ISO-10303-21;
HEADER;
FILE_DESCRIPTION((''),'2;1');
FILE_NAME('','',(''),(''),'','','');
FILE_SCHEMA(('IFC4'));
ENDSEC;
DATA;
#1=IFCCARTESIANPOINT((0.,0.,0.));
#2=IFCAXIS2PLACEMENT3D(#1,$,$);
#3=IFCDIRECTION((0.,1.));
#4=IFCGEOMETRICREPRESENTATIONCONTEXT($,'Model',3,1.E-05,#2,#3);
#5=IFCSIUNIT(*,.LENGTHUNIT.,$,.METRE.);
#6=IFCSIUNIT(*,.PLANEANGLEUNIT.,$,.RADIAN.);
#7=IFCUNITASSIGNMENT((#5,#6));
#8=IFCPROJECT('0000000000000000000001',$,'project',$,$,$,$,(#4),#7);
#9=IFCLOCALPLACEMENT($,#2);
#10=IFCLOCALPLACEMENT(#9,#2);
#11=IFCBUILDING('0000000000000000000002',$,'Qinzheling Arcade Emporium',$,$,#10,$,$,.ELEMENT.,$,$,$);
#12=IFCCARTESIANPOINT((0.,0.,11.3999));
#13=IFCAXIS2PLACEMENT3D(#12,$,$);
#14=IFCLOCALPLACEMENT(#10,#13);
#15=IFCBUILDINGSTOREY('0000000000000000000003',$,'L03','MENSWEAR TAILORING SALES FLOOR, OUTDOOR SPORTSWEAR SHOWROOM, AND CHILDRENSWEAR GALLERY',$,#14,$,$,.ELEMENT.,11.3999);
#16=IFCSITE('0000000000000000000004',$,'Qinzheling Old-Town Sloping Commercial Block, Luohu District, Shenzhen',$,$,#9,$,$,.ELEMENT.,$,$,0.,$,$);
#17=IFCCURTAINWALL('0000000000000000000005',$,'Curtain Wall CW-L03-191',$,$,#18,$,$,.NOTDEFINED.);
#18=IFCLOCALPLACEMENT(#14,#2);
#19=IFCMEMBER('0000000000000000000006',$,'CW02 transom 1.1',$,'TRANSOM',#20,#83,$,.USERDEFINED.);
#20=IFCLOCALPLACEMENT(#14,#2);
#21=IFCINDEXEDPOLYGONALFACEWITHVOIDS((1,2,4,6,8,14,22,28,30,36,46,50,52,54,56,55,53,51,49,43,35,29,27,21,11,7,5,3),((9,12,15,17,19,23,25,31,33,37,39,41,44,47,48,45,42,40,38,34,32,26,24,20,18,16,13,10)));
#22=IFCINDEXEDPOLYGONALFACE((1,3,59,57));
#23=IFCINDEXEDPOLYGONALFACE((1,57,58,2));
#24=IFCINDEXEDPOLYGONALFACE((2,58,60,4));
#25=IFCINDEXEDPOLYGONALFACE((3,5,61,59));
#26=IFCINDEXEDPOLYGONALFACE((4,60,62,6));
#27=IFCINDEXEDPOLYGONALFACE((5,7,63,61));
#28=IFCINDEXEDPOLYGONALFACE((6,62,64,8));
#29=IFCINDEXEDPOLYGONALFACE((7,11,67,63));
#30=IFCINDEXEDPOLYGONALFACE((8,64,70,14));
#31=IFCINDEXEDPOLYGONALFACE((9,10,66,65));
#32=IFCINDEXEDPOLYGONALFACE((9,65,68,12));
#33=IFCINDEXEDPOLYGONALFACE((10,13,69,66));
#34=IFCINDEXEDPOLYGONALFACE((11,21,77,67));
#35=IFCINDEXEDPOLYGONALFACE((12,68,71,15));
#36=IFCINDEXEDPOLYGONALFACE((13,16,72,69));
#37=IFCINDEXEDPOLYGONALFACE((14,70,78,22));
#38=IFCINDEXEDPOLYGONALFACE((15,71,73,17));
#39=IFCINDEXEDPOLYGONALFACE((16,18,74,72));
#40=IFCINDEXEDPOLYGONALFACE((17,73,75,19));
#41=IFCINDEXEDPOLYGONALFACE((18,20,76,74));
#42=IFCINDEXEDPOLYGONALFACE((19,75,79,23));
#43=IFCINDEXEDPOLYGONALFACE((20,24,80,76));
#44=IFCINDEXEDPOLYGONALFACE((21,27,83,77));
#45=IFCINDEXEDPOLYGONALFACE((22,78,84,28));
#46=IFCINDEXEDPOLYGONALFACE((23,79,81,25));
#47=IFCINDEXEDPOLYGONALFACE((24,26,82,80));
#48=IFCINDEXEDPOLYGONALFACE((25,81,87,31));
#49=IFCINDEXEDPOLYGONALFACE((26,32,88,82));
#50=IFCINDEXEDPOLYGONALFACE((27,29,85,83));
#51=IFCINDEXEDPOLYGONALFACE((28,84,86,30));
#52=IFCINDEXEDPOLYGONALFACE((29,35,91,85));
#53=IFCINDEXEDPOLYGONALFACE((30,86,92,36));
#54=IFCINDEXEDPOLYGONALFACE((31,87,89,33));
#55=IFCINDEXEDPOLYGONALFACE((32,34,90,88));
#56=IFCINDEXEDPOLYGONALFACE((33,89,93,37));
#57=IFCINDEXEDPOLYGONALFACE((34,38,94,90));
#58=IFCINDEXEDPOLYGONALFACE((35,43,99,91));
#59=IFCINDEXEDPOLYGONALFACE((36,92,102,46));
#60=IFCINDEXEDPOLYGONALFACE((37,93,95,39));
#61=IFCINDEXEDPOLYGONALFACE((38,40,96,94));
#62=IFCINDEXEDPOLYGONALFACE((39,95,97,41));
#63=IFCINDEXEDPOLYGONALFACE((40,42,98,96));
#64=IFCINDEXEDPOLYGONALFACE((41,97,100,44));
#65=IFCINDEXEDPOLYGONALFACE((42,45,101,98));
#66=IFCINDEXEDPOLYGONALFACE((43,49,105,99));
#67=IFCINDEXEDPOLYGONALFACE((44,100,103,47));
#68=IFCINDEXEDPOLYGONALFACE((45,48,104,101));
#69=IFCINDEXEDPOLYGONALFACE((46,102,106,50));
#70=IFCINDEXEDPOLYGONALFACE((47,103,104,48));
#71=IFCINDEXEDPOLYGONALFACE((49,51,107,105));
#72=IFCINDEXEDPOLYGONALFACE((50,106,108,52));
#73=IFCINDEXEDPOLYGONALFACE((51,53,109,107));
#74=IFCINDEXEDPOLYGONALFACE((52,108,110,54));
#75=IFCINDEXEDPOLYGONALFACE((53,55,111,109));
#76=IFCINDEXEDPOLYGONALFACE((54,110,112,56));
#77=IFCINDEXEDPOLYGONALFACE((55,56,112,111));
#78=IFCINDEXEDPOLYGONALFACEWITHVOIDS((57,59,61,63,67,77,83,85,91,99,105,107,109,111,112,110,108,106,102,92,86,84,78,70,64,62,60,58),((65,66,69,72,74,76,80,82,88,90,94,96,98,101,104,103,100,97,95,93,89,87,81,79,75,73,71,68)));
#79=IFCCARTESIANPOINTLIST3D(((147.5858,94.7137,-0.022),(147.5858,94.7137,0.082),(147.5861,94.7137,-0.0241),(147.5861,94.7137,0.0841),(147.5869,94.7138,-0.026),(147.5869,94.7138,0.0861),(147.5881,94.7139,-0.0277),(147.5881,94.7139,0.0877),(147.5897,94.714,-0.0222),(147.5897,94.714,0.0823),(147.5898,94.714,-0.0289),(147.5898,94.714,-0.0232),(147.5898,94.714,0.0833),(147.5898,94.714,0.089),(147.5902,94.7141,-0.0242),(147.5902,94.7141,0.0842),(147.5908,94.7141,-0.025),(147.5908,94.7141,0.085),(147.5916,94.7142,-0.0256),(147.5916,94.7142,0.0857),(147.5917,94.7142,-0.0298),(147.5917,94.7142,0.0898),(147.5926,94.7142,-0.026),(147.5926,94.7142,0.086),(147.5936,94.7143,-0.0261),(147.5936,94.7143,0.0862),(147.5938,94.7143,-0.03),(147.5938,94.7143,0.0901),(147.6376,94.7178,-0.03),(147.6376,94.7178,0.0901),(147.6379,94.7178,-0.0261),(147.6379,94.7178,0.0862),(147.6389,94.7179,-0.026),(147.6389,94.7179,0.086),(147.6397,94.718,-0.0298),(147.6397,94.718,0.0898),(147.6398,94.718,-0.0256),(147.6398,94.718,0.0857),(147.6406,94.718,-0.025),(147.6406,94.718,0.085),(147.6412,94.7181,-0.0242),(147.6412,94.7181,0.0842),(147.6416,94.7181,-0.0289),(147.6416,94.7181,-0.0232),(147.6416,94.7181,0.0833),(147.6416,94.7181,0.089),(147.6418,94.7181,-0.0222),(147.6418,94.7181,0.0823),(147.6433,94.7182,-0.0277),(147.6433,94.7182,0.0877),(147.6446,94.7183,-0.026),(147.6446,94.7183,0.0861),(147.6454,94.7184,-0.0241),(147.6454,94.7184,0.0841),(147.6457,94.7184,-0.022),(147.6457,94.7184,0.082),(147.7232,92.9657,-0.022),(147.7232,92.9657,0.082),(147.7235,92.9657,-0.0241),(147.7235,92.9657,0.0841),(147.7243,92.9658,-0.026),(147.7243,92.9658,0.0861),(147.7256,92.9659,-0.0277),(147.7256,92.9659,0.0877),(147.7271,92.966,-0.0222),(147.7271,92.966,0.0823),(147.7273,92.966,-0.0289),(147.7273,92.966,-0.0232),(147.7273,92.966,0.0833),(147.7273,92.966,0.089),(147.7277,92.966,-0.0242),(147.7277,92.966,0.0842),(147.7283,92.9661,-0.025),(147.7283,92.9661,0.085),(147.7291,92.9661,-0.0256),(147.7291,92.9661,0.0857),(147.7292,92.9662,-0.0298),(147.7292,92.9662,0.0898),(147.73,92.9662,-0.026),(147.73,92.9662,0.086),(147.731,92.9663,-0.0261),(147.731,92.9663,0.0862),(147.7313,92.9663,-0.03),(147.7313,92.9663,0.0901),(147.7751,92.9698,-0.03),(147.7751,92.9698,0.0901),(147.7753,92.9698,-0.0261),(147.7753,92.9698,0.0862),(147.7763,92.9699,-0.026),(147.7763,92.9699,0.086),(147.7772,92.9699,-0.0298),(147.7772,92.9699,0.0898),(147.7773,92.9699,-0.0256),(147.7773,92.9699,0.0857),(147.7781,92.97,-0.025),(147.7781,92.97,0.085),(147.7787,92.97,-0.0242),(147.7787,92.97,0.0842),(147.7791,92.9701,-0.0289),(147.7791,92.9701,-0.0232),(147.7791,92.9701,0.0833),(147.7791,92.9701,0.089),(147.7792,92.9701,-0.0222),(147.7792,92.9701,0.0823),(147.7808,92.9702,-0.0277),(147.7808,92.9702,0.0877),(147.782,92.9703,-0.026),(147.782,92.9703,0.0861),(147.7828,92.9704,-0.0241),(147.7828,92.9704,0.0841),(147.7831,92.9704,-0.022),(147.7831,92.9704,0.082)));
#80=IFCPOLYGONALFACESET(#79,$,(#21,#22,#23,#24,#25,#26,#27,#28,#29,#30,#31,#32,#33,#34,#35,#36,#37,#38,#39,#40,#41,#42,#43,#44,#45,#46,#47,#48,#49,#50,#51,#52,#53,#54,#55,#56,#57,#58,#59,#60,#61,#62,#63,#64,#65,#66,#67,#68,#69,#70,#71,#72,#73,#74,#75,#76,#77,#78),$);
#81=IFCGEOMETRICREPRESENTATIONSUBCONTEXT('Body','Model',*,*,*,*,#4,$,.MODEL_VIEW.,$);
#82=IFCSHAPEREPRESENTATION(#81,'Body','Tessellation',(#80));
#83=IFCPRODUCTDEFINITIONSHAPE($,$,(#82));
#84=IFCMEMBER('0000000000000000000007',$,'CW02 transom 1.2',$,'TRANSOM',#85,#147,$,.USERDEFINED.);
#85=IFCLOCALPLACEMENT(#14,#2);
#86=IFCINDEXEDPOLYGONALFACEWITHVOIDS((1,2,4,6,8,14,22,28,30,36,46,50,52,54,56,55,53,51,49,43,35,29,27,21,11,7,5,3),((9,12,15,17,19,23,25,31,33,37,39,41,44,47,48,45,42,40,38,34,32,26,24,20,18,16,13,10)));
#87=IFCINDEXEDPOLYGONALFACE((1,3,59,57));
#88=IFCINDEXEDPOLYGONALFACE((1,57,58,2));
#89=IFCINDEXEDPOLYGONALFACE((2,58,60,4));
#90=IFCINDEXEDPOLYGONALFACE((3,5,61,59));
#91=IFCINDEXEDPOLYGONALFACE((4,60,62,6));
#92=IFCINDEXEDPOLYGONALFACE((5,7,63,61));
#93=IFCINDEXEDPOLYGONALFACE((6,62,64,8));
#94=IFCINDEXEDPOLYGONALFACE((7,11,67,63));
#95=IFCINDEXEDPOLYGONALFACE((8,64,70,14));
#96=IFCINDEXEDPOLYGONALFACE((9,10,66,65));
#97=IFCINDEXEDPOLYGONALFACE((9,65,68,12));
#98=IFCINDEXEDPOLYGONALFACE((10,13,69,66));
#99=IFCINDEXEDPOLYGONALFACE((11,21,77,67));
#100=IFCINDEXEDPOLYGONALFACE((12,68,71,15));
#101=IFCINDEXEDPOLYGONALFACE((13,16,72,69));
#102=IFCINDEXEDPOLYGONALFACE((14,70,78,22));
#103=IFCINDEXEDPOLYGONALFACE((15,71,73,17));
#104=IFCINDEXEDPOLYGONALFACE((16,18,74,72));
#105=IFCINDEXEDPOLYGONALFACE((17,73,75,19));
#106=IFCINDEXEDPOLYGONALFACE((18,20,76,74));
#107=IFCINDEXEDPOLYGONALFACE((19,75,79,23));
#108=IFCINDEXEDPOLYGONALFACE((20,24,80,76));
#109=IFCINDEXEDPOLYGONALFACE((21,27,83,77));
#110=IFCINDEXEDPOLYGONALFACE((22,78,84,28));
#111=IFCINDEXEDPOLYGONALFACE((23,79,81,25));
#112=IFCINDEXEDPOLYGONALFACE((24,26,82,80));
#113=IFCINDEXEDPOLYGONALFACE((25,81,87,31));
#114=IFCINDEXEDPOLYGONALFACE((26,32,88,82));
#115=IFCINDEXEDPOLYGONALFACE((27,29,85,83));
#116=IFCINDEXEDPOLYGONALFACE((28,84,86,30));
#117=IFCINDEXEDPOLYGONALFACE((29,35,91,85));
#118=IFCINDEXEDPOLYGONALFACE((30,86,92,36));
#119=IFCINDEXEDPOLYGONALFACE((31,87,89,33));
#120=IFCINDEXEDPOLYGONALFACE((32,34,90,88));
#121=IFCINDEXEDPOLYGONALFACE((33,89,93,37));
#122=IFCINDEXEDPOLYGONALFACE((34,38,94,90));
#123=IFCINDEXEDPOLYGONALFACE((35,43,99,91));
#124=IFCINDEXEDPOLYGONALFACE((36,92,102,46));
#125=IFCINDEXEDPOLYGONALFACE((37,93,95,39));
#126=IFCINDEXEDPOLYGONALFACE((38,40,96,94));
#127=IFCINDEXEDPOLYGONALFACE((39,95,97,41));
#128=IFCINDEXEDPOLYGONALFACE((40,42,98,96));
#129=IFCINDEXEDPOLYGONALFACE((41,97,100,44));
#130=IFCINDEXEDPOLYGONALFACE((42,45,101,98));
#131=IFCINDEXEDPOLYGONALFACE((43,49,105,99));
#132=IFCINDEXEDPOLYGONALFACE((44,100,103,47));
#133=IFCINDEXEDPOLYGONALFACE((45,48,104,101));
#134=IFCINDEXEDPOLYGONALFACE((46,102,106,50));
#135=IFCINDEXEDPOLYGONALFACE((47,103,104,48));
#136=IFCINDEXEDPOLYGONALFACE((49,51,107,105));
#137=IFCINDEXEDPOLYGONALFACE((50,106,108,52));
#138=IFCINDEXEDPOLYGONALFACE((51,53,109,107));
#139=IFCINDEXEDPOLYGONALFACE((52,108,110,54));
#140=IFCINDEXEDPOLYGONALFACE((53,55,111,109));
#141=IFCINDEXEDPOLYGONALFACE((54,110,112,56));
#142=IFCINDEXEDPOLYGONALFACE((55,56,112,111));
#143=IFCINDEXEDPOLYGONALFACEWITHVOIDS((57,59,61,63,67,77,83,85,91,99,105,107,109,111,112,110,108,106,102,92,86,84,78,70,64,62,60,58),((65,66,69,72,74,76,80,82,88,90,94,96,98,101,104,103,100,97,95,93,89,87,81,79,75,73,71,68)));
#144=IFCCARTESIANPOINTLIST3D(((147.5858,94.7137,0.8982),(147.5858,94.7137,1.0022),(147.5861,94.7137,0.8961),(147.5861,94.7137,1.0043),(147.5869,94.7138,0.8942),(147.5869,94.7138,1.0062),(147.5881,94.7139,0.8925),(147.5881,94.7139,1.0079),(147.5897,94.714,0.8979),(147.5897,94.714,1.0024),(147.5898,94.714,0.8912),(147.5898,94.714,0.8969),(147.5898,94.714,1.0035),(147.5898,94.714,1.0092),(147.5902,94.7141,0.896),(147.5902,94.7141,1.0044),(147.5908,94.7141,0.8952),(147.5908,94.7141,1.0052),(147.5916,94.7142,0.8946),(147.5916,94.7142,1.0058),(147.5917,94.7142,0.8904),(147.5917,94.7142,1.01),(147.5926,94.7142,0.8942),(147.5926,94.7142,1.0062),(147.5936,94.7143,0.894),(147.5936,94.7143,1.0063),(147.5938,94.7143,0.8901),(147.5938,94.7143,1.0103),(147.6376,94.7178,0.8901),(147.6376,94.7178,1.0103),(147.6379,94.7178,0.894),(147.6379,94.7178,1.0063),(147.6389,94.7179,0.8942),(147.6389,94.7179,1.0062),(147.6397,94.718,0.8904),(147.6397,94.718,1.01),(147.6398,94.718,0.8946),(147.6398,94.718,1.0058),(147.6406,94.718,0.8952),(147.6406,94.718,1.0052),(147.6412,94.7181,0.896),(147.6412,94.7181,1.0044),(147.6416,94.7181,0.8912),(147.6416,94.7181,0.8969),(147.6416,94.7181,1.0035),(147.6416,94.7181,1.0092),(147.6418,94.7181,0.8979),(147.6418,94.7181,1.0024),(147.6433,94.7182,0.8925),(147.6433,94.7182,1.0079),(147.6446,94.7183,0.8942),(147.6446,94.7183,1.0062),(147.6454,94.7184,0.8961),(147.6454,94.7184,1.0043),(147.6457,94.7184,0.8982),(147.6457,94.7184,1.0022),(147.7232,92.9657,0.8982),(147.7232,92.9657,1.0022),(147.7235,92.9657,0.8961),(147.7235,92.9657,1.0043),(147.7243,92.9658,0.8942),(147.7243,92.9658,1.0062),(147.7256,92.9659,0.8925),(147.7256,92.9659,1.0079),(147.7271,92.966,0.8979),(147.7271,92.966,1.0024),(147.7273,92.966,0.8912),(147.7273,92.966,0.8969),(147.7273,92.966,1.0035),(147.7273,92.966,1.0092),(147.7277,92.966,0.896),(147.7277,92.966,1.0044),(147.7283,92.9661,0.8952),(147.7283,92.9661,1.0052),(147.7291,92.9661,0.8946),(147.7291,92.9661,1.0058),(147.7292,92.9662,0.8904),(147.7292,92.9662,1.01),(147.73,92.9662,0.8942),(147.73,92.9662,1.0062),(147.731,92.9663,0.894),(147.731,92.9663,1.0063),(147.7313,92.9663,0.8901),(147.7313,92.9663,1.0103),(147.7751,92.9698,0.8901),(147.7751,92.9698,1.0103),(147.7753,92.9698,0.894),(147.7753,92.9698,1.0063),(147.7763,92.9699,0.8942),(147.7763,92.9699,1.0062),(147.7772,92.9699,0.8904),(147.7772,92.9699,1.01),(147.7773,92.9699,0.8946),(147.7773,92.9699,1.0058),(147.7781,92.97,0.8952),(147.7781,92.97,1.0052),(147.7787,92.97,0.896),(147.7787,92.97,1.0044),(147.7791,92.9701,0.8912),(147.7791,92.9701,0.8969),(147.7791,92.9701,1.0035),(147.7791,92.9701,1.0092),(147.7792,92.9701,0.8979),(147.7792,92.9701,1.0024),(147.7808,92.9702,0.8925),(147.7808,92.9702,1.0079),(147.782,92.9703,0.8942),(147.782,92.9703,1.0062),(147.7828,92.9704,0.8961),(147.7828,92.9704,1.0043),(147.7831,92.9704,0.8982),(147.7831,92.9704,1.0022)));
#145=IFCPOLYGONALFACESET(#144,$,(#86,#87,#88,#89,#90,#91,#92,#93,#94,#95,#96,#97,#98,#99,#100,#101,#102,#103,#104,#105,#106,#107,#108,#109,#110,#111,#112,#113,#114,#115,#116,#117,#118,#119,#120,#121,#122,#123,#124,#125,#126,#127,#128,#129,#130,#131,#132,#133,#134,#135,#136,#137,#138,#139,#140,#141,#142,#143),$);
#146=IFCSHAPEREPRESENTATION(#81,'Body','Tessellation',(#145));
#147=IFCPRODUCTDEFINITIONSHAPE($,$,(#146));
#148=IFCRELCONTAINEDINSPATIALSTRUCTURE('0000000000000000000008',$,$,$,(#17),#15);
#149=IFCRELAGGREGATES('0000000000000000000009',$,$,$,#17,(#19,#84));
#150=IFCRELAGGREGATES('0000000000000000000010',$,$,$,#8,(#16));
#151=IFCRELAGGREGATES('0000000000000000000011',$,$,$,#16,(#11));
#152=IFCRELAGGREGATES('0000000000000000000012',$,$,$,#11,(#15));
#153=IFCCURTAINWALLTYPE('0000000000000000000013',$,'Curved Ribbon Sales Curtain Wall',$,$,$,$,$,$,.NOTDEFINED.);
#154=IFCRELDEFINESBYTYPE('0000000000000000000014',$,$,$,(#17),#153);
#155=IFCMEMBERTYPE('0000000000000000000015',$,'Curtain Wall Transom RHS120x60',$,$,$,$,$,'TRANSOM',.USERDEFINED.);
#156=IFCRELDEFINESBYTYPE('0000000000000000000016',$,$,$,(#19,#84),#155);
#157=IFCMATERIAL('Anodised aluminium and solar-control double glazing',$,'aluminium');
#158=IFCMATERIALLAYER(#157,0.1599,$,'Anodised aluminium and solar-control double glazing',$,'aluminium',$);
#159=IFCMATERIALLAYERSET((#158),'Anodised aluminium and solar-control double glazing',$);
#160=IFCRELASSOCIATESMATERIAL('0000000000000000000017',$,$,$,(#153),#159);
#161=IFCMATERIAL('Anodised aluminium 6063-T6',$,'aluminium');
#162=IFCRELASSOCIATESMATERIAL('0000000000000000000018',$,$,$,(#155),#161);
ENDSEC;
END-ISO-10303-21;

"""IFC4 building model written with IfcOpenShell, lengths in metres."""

from ifc_helpers import new_model, si_unit, direction, frame, origin, origin_2d, place, context, subcontext, project, spatial, hollow_rectangle, extrude, material, layer, layer_set, material_profile, profile_set, type_object, element, aggregate, save


model = new_model("IFC4")

# Units and contexts
model_context = context("Model", 3, precision=1e-05, world=origin(), true_north=direction((0.0, 1.0)))
body_context = subcontext(model_context, "Body", "Model", "MODEL_VIEW")
ifc_project = project(units=[si_unit("LENGTHUNIT", "METRE"), si_unit("PLANEANGLEUNIT", "RADIAN")], contexts=[model_context])

# Site, building, storey
site_placement = place(None, origin())
site = spatial("IfcSite", under=ifc_project, at=site_placement, Name="Qinzheling Old-Town Sloping Commercial Block, Luohu District, Shenzhen", CompositionType="ELEMENT", RefElevation=0.0)
building_placement = place(site_placement, origin())
building = spatial("IfcBuilding", under=site, at=building_placement, Name="Qinzheling Arcade Emporium", CompositionType="ELEMENT")
storey_placement = place(building_placement, frame((0.0, 0.0, 11.3999)))
storey = spatial("IfcBuildingStorey", under=building, at=storey_placement, Name="L03", Description="MENSWEAR TAILORING SALES FLOOR, OUTDOOR SPORTSWEAR SHOWROOM, AND CHILDRENSWEAR GALLERY", CompositionType="ELEMENT", Elevation=11.3999)

# Curtain wall
ifc_material_1 = material(Name="Anodised aluminium and solar-control double glazing", Category="aluminium")
ifc_layer_1 = layer(ifc_material_1, 0.1599, Name="Anodised aluminium and solar-control double glazing", Category="aluminium")
ifc_layer_set_1 = layer_set([ifc_layer_1], Name="Anodised aluminium and solar-control double glazing")
curtain_wall_type = type_object("IfcCurtainWallType", Name="Curved Ribbon Sales Curtain Wall", PredefinedType="NOTDEFINED", material=ifc_layer_set_1)
ifc_material_2 = material(Name="Anodised aluminium 6063-T6", Category="aluminium")
curtain_wall_1_placement = place(storey_placement, origin())
curtain_wall_1 = element("IfcCurtainWall", 1, at=curtain_wall_1_placement, inside=storey, type_object=curtain_wall_type, Name="Curtain Wall CW-L03-191", PredefinedType="NOTDEFINED")

# Members
ifc_material_profile_1 = material_profile(ifc_material_2, hollow_rectangle(XDim=0.0601, YDim=0.1201, WallThickness=0.0039, InnerFilletRadius=0.0039, OuterFilletRadius=0.0081, at=origin_2d()), Name="RHS 120x60x4", Category="aluminium")
ifc_profile_set_1 = profile_set([ifc_material_profile_1], Name="Anodised aluminium 6063-T6")
member_type_1 = type_object("IfcMemberType", Name="Curtain Wall Transom RHS120x60", ElementType="TRANSOM", PredefinedType="USERDEFINED", material=ifc_profile_set_1)
member_1_placement = place(storey_placement, frame((147.6157, 94.7161, 0.03), z_axis=(0.078389, -0.996923, 0.0), x_axis=(0.996923, 0.078389, 0.0)))
member_1 = element("IfcMember", 2, at=member_1_placement, type_object=member_type_1, Name="CW02 transom 1.1", ObjectType="TRANSOM", PredefinedType="USERDEFINED", context=body_context, shape_type="SweptSolid", body=[
    extrude(hollow_rectangle(XDim=0.0601, YDim=0.1201, WallThickness=0.0039, InnerFilletRadius=0.0039, OuterFilletRadius=0.0081, at=origin_2d()), origin(), (0.0, 0.0, 1.0), 1.7534),
])
member_2_placement = place(storey_placement, frame((147.6157, 94.7161, 0.9502), z_axis=(0.078389, -0.996923, 0.0), x_axis=(0.996923, 0.078389, 0.0)))
member_2 = element("IfcMember", 3, at=member_2_placement, type_object=member_type_1, Name="CW02 transom 1.2", ObjectType="TRANSOM", PredefinedType="USERDEFINED", context=body_context, shape_type="SweptSolid", body=[
    extrude(hollow_rectangle(XDim=0.0601, YDim=0.1201, WallThickness=0.0039, InnerFilletRadius=0.0039, OuterFilletRadius=0.0081, at=origin_2d()), origin(), (0.0, 0.0, 1.0), 1.7534),
])

aggregate(curtain_wall_1, [member_1, member_2])

save(model, "model.ifc")
